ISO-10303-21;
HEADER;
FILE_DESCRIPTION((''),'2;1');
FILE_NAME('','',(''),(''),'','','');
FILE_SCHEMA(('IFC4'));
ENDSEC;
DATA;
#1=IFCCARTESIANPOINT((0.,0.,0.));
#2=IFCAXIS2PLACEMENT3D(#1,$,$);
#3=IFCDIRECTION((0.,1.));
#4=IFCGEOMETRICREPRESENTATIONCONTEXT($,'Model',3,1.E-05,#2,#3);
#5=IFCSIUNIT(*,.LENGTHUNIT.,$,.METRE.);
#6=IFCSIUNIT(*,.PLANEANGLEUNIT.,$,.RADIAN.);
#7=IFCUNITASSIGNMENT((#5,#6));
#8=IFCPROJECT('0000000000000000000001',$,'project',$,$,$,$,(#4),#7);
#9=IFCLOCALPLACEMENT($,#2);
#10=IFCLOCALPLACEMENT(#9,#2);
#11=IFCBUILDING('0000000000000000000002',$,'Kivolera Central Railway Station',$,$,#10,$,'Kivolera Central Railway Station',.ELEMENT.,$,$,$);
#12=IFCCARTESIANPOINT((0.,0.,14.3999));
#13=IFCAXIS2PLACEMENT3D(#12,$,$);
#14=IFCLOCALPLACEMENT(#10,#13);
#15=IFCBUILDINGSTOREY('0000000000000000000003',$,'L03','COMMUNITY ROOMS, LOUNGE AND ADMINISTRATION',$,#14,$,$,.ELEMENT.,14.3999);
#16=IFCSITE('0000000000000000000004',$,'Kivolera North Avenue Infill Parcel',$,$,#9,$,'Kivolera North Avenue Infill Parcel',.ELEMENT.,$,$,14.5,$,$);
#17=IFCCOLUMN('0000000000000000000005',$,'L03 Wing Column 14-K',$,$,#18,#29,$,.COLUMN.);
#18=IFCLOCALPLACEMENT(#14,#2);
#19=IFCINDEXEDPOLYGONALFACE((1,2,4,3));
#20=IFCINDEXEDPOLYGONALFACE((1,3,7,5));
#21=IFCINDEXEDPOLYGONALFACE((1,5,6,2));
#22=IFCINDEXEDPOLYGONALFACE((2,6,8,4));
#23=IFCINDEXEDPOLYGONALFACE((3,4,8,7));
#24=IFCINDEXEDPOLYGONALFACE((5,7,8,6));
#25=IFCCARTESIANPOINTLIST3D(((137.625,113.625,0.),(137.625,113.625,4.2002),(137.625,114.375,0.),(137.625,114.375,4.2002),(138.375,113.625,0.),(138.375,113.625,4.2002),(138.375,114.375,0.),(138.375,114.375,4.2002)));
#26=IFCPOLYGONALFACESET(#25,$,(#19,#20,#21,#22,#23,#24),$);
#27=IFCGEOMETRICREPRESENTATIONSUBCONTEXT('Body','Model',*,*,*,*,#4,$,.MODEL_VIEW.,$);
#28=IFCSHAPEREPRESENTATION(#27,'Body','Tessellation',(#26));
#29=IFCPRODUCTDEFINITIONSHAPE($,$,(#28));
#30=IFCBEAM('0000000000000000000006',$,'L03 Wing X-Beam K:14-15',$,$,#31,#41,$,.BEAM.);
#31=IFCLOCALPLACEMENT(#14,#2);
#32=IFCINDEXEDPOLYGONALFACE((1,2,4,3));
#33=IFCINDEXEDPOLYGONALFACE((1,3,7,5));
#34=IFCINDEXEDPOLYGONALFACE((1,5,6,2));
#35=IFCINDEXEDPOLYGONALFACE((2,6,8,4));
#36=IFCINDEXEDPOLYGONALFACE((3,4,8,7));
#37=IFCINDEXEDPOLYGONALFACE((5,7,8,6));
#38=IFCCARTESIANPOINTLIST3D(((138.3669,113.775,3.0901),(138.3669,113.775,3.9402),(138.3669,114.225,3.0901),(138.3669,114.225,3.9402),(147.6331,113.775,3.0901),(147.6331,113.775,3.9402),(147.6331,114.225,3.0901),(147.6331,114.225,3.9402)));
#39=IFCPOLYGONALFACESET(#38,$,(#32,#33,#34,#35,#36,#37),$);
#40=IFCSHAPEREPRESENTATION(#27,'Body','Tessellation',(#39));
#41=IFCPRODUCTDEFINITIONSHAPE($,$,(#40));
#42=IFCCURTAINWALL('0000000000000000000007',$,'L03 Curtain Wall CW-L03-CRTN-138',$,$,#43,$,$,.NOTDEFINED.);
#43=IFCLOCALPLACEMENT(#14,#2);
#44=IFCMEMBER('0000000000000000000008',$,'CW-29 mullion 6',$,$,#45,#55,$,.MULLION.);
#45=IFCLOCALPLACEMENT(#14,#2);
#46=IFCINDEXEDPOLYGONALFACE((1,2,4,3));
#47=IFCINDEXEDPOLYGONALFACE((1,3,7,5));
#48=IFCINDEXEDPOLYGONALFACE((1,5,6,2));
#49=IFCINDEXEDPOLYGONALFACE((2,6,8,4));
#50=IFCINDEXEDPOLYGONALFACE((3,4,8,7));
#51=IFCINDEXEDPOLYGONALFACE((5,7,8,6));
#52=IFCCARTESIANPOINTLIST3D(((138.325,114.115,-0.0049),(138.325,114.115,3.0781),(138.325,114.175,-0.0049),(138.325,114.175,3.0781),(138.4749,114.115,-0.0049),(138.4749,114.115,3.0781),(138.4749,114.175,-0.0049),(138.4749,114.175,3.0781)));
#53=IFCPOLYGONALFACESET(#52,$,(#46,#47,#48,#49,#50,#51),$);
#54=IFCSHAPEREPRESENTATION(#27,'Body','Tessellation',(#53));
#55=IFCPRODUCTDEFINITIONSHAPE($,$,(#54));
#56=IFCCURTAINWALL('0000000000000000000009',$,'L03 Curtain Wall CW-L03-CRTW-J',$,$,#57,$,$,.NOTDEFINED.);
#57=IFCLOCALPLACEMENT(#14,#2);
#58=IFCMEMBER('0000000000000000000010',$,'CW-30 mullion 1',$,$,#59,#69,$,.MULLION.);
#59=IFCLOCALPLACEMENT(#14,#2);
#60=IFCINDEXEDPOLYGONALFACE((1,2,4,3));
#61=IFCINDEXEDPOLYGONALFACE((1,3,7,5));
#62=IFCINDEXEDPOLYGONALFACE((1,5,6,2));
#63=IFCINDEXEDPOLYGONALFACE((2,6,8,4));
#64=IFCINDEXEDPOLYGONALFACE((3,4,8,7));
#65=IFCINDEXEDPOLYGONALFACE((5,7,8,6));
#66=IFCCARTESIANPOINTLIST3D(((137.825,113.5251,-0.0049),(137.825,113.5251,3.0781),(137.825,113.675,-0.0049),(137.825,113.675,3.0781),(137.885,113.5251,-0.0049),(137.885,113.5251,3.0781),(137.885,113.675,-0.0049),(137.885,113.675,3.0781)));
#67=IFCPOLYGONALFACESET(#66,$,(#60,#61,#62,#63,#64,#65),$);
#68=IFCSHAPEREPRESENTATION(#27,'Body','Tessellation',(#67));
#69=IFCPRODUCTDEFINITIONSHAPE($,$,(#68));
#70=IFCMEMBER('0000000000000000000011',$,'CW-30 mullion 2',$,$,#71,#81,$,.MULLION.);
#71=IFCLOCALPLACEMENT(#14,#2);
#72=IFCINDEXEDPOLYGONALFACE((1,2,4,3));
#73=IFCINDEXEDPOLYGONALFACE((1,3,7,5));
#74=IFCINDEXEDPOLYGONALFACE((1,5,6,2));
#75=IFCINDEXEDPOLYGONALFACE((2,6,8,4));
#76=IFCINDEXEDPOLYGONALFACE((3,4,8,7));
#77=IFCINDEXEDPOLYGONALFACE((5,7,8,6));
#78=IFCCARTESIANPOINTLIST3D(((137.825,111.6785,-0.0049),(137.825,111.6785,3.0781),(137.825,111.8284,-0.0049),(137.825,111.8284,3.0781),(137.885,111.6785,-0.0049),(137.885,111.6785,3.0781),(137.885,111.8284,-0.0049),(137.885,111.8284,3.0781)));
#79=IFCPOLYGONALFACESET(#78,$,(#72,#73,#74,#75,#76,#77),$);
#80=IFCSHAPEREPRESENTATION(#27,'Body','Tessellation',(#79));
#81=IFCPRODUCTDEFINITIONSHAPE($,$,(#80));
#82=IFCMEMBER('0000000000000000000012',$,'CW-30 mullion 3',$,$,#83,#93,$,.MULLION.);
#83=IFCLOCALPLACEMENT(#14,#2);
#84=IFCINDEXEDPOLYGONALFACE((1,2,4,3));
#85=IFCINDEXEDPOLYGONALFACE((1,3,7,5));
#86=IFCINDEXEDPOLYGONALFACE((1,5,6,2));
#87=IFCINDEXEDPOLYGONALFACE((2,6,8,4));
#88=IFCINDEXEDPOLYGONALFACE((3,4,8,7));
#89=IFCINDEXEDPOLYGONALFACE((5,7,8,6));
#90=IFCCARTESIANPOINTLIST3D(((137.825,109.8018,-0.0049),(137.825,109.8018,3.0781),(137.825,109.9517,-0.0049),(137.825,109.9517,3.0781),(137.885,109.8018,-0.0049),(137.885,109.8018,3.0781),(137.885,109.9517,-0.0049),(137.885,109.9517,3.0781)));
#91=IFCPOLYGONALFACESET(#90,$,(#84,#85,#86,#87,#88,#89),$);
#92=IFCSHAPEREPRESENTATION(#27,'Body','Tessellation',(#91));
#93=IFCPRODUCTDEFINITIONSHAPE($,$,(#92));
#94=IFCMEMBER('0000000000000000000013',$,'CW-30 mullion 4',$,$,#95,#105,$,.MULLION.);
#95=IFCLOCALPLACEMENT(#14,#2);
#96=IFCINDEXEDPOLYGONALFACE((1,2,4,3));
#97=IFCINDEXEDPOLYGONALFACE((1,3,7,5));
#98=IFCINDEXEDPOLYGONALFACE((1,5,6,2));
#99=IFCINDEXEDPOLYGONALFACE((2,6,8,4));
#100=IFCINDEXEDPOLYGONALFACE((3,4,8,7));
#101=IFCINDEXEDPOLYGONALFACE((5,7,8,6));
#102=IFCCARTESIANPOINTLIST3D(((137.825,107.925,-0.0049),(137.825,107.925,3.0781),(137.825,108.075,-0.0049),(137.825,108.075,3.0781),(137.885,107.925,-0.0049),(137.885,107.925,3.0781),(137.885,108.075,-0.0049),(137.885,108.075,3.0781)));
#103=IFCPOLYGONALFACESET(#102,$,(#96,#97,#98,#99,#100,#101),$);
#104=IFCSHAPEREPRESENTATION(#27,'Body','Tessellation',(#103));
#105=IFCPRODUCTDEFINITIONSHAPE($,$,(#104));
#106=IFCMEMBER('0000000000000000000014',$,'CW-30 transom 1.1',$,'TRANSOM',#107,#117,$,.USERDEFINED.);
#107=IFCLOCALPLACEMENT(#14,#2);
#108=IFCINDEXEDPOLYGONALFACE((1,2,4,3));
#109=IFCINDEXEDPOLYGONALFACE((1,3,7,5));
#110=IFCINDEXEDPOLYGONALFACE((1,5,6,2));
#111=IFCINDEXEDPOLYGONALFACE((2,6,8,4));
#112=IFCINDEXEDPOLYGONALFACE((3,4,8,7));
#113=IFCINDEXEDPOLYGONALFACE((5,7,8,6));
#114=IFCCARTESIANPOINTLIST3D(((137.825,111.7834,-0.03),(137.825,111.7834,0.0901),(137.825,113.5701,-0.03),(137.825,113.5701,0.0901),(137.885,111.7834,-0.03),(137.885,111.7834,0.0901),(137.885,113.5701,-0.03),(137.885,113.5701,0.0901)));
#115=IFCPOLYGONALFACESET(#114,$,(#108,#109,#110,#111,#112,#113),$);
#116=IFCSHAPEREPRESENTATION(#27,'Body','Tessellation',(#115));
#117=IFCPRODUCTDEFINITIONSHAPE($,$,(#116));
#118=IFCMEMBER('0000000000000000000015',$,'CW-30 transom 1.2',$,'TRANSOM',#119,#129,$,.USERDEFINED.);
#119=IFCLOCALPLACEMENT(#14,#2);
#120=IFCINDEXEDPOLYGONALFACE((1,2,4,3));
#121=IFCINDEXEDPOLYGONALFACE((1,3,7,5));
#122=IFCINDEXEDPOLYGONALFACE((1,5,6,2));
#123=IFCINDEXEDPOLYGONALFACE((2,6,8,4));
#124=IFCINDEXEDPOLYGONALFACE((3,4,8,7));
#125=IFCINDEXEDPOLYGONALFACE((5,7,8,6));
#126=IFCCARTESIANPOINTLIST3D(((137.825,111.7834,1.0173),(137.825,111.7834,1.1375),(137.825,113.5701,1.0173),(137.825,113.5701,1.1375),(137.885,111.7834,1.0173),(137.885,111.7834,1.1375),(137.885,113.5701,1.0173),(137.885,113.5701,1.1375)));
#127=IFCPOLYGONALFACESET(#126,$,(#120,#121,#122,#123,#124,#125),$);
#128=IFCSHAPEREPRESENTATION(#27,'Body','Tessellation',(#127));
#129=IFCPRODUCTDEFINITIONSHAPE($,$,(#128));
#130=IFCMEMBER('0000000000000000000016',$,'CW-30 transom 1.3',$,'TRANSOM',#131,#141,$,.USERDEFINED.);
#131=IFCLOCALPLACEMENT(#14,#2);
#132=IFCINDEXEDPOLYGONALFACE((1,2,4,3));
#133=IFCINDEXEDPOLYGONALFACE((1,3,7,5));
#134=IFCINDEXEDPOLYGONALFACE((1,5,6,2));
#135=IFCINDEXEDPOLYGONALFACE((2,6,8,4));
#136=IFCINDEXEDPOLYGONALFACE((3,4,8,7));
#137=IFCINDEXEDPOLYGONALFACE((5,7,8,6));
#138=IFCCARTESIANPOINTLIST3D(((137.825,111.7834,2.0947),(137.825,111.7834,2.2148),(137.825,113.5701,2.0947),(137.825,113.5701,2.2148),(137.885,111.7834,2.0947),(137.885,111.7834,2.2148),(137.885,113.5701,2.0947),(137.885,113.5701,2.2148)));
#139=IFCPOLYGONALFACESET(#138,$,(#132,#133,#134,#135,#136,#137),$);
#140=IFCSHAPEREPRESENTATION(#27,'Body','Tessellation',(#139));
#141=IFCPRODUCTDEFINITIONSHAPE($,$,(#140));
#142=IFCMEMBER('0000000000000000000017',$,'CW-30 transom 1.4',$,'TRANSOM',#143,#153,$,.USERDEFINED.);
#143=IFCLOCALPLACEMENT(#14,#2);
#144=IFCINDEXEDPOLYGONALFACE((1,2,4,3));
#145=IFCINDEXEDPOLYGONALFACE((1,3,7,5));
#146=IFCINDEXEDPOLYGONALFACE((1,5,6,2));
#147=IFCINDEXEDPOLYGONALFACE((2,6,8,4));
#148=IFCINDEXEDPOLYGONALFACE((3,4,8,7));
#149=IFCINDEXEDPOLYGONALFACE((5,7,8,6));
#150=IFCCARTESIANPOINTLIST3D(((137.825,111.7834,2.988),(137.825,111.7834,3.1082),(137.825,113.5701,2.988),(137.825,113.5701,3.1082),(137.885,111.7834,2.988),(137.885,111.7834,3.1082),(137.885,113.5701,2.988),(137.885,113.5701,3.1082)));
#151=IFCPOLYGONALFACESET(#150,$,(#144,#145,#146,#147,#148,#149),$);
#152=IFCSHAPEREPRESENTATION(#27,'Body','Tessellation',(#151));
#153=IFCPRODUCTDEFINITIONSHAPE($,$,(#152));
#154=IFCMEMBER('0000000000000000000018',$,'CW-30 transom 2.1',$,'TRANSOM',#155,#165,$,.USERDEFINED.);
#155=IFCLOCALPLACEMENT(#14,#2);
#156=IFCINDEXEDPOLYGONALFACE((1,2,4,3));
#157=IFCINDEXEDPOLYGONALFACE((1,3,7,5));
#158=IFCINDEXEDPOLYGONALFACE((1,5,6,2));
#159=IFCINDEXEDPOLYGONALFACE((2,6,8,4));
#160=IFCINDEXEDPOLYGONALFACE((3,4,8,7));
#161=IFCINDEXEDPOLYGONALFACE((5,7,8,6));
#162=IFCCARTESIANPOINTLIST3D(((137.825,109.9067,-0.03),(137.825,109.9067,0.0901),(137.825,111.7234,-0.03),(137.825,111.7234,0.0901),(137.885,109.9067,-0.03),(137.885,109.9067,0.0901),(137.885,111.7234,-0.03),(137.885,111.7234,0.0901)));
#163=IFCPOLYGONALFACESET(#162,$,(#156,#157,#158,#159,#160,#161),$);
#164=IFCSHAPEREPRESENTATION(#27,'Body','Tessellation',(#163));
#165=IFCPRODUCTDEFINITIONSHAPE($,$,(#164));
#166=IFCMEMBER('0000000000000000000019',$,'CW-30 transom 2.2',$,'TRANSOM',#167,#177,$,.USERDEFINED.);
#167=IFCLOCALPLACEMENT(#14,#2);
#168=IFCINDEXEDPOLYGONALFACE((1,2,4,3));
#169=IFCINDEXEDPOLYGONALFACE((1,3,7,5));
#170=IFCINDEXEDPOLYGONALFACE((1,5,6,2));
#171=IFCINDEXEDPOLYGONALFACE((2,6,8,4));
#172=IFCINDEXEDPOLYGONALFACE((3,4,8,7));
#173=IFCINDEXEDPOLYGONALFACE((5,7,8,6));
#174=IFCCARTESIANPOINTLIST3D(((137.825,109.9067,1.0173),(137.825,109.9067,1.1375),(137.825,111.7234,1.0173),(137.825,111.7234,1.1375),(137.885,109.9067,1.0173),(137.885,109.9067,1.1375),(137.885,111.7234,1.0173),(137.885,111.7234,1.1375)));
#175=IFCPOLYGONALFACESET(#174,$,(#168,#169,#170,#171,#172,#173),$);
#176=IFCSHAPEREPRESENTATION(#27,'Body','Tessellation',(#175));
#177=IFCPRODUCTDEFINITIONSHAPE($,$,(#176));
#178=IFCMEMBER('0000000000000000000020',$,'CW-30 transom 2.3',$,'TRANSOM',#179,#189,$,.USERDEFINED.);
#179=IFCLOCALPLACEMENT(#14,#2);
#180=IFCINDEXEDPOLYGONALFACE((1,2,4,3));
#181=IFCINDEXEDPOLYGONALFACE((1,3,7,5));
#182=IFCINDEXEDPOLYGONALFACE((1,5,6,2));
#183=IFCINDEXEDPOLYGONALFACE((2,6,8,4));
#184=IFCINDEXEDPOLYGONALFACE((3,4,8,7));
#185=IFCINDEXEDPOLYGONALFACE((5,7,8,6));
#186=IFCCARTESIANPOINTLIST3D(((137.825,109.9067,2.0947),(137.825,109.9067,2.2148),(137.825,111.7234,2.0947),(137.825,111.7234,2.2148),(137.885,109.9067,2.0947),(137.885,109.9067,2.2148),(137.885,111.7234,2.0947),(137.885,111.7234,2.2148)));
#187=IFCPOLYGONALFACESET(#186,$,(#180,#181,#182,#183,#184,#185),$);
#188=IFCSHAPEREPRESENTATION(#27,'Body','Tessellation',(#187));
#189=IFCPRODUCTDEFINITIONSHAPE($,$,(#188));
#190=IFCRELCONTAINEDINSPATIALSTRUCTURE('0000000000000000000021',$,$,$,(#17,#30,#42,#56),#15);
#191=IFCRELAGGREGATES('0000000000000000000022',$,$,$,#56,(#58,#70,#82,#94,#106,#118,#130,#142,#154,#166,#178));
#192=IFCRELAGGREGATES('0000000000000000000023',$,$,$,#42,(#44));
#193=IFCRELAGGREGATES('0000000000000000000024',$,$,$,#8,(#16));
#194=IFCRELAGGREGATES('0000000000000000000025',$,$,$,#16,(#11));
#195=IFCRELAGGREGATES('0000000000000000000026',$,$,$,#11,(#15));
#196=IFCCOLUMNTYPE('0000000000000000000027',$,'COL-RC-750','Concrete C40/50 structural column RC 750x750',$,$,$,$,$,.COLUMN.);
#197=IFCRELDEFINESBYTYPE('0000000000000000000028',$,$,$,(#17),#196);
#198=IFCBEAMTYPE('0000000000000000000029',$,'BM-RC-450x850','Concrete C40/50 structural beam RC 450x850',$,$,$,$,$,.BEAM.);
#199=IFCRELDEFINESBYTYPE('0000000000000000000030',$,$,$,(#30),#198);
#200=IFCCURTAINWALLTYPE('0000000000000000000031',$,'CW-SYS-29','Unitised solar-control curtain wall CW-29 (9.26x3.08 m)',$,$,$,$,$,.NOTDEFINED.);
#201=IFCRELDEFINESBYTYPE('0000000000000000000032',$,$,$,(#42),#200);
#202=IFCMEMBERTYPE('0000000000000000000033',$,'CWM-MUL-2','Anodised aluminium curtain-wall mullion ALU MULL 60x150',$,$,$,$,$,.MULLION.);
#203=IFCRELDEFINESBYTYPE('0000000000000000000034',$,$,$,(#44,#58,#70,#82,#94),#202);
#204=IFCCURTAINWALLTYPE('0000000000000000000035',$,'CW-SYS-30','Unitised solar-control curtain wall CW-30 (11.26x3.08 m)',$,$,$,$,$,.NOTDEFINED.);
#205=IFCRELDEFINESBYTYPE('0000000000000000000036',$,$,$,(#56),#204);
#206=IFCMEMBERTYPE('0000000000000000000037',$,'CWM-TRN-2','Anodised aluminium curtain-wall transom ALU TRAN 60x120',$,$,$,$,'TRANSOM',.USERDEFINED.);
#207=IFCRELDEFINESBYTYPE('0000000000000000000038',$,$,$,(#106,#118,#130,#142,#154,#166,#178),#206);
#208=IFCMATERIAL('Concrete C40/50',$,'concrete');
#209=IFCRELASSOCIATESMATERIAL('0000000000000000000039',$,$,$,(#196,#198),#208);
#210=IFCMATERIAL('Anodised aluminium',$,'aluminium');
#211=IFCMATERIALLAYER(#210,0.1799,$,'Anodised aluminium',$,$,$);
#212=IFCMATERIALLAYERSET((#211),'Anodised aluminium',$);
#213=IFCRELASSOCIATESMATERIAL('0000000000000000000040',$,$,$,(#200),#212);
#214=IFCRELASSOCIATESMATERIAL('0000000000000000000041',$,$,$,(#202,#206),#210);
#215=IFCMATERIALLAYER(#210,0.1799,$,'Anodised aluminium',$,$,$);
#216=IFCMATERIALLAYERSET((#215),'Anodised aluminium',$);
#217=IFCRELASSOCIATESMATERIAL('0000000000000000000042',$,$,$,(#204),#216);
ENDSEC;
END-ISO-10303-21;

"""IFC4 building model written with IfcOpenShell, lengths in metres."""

from ifc_helpers import new_model, si_unit, direction, frame, origin, origin_2d, place, context, subcontext, project, spatial, rectangle, extrude, material, layer, layer_set, material_profile, profile_set, type_object, element, aggregate, save


model = new_model("IFC4")

# Units and contexts
model_context = context("Model", 3, precision=1e-05, world=origin(), true_north=direction((0.0, 1.0)))
body_context = subcontext(model_context, "Body", "Model", "MODEL_VIEW")
ifc_project = project(units=[si_unit("LENGTHUNIT", "METRE"), si_unit("PLANEANGLEUNIT", "RADIAN")], contexts=[model_context])

# Site, building, storey
site_placement = place(None, origin())
site = spatial("IfcSite", under=ifc_project, at=site_placement, Name="Kivolera North Avenue Infill Parcel", LongName="Kivolera North Avenue Infill Parcel", CompositionType="ELEMENT", RefElevation=14.5)
building_placement = place(site_placement, origin())
building = spatial("IfcBuilding", under=site, at=building_placement, Name="Kivolera Central Railway Station", LongName="Kivolera Central Railway Station", CompositionType="ELEMENT")
storey_placement = place(building_placement, frame((0.0, 0.0, 14.3999)))
storey = spatial("IfcBuildingStorey", under=building, at=storey_placement, Name="L03", Description="COMMUNITY ROOMS, LOUNGE AND ADMINISTRATION", CompositionType="ELEMENT", Elevation=14.3999)

# Column
ifc_material_1 = material(Name="Concrete C40/50", Category="concrete")
ifc_material_profile_1 = material_profile(ifc_material_1, rectangle(XDim=0.75, YDim=0.75, at=origin_2d()), Name="RC 750x750")
ifc_profile_set_1 = profile_set([ifc_material_profile_1], Name="Concrete C40/50")
column_type = type_object("IfcColumnType", Name="COL-RC-750", Description="Concrete C40/50 structural column RC 750x750", PredefinedType="COLUMN", material=ifc_profile_set_1)
column_placement = place(storey_placement, frame((138.0, 114.0, 0.0), z_axis=(0.0, 0.0, 1.0), x_axis=(1.0, 0.0, 0.0)))
element("IfcColumn", 1, at=column_placement, inside=storey, type_object=column_type, Name="L03 Wing Column 14-K", PredefinedType="COLUMN", context=body_context, shape_type="SweptSolid", body=[
    extrude(rectangle(XDim=0.75, YDim=0.75, at=origin_2d()), origin(), (0.0, 0.0, 1.0), 4.2002),
])

# Beam
ifc_material_profile_2 = material_profile(ifc_material_1, rectangle(XDim=0.45, YDim=0.8501, at=origin_2d()), Name="RC 450x850")
ifc_profile_set_2 = profile_set([ifc_material_profile_2], Name="Concrete C40/50")
beam_type = type_object("IfcBeamType", Name="BM-RC-450x850", Description="Concrete C40/50 structural beam RC 450x850", PredefinedType="BEAM", material=ifc_profile_set_2)
beam_placement = place(storey_placement, frame((138.3669, 114.0, 3.5151), z_axis=(1.0, 0.0, 0.0), x_axis=(0.0, 1.0, 0.0)))
element("IfcBeam", 2, at=beam_placement, inside=storey, type_object=beam_type, Name="L03 Wing X-Beam K:14-15", PredefinedType="BEAM", context=body_context, shape_type="SweptSolid", body=[
    extrude(rectangle(XDim=0.45, YDim=0.8501, at=origin_2d()), origin(), (0.0, 0.0, 1.0), 9.2661),
])

# Curtain wall, member
ifc_material_2 = material(Name="Anodised aluminium", Category="aluminium")
ifc_layer_1 = layer(ifc_material_2, 0.1799, Name="Anodised aluminium")
ifc_layer_set_1 = layer_set([ifc_layer_1], Name="Anodised aluminium")
curtain_wall_type_1 = type_object("IfcCurtainWallType", Name="CW-SYS-29", Description="Unitised solar-control curtain wall CW-29 (9.26x3.08 m)", PredefinedType="NOTDEFINED", material=ifc_layer_set_1)
curtain_wall_1_placement = place(storey_placement, origin())
curtain_wall_1 = element("IfcCurtainWall", 3, at=curtain_wall_1_placement, inside=storey, type_object=curtain_wall_type_1, Name="L03 Curtain Wall CW-L03-CRTN-138", PredefinedType="NOTDEFINED")
ifc_material_profile_3 = material_profile(ifc_material_2, rectangle(XDim=0.0601, YDim=0.1499, at=origin_2d()), Name="ALU MULL 60x150")
ifc_profile_set_3 = profile_set([ifc_material_profile_3], Name="Anodised aluminium")
member_type_1 = type_object("IfcMemberType", Name="CWM-MUL-2", Description="Anodised aluminium curtain-wall mullion ALU MULL 60x150", PredefinedType="MULLION", material=ifc_profile_set_3)
member_1_placement = place(storey_placement, frame((138.3999, 114.145, -0.0049), z_axis=(0.0, 0.0, 1.0), x_axis=(0.0, -1.0, 0.0)))
member_1 = element("IfcMember", 4, at=member_1_placement, type_object=member_type_1, Name="CW-29 mullion 6", PredefinedType="MULLION", context=body_context, shape_type="SweptSolid", body=[
    extrude(rectangle(XDim=0.0601, YDim=0.1499, at=origin_2d()), origin(), (0.0, 0.0, 1.0), 3.083),
])

# Curtain wall, members
ifc_layer_2 = layer(ifc_material_2, 0.1799, Name="Anodised aluminium")
ifc_layer_set_2 = layer_set([ifc_layer_2], Name="Anodised aluminium")
curtain_wall_type_2 = type_object("IfcCurtainWallType", Name="CW-SYS-30", Description="Unitised solar-control curtain wall CW-30 (11.26x3.08 m)", PredefinedType="NOTDEFINED", material=ifc_layer_set_2)
curtain_wall_2_placement = place(storey_placement, origin())
curtain_wall_2 = element("IfcCurtainWall", 5, at=curtain_wall_2_placement, inside=storey, type_object=curtain_wall_type_2, Name="L03 Curtain Wall CW-L03-CRTW-J", PredefinedType="NOTDEFINED")
member_2_placement = place(storey_placement, frame((137.855, 113.6001, -0.0049), z_axis=(0.0, 0.0, 1.0), x_axis=(1.0, 0.0, 0.0)))
member_2 = element("IfcMember", 6, at=member_2_placement, type_object=member_type_1, Name="CW-30 mullion 1", PredefinedType="MULLION", context=body_context, shape_type="SweptSolid", body=[
    extrude(rectangle(XDim=0.0601, YDim=0.1499, at=origin_2d()), origin(), (0.0, 0.0, 1.0), 3.083),
])
member_3_placement = place(storey_placement, frame((137.855, 111.7534, -0.0049), z_axis=(0.0, 0.0, 1.0), x_axis=(1.0, 0.0, 0.0)))
member_3 = element("IfcMember", 7, at=member_3_placement, type_object=member_type_1, Name="CW-30 mullion 2", PredefinedType="MULLION", context=body_context, shape_type="SweptSolid", body=[
    extrude(rectangle(XDim=0.0601, YDim=0.1499, at=origin_2d()), origin(), (0.0, 0.0, 1.0), 3.083),
])
member_4_placement = place(storey_placement, frame((137.855, 109.8767, -0.0049), z_axis=(0.0, 0.0, 1.0), x_axis=(1.0, 0.0, 0.0)))
member_4 = element("IfcMember", 8, at=member_4_placement, type_object=member_type_1, Name="CW-30 mullion 3", PredefinedType="MULLION", context=body_context, shape_type="SweptSolid", body=[
    extrude(rectangle(XDim=0.0601, YDim=0.1499, at=origin_2d()), origin(), (0.0, 0.0, 1.0), 3.083),
])
member_5_placement = place(storey_placement, frame((137.855, 108.0, -0.0049), z_axis=(0.0, 0.0, 1.0), x_axis=(1.0, 0.0, 0.0)))
member_5 = element("IfcMember", 9, at=member_5_placement, type_object=member_type_1, Name="CW-30 mullion 4", PredefinedType="MULLION", context=body_context, shape_type="SweptSolid", body=[
    extrude(rectangle(XDim=0.0601, YDim=0.1499, at=origin_2d()), origin(), (0.0, 0.0, 1.0), 3.083),
])
ifc_material_profile_4 = material_profile(ifc_material_2, rectangle(XDim=0.0601, YDim=0.1201, at=origin_2d()), Name="ALU TRAN 60x120")
ifc_profile_set_4 = profile_set([ifc_material_profile_4], Name="Anodised aluminium")
member_type_2 = type_object("IfcMemberType", Name="CWM-TRN-2", Description="Anodised aluminium curtain-wall transom ALU TRAN 60x120", ElementType="TRANSOM", PredefinedType="USERDEFINED", material=ifc_profile_set_4)
member_6_placement = place(storey_placement, frame((137.855, 113.5701, 0.03), z_axis=(0.0, -1.0, 0.0), x_axis=(1.0, 0.0, 0.0)))
member_6 = element("IfcMember", 10, at=member_6_placement, type_object=member_type_2, Name="CW-30 transom 1.1", ObjectType="TRANSOM", PredefinedType="USERDEFINED", context=body_context, shape_type="SweptSolid", body=[
    extrude(rectangle(XDim=0.0601, YDim=0.1201, at=origin_2d()), origin(), (0.0, 0.0, 1.0), 1.7866),
])
member_7_placement = place(storey_placement, frame((137.855, 113.5701, 1.0774), z_axis=(0.0, -1.0, 0.0), x_axis=(1.0, 0.0, 0.0)))
member_7 = element("IfcMember", 11, at=member_7_placement, type_object=member_type_2, Name="CW-30 transom 1.2", ObjectType="TRANSOM", PredefinedType="USERDEFINED", context=body_context, shape_type="SweptSolid", body=[
    extrude(rectangle(XDim=0.0601, YDim=0.1201, at=origin_2d()), origin(), (0.0, 0.0, 1.0), 1.7866),
])
member_8_placement = place(storey_placement, frame((137.855, 113.5701, 2.1548), z_axis=(0.0, -1.0, 0.0), x_axis=(1.0, 0.0, 0.0)))
member_8 = element("IfcMember", 12, at=member_8_placement, type_object=member_type_2, Name="CW-30 transom 1.3", ObjectType="TRANSOM", PredefinedType="USERDEFINED", context=body_context, shape_type="SweptSolid", body=[
    extrude(rectangle(XDim=0.0601, YDim=0.1201, at=origin_2d()), origin(), (0.0, 0.0, 1.0), 1.7866),
])
member_9_placement = place(storey_placement, frame((137.855, 113.5701, 3.0481), z_axis=(0.0, -1.0, 0.0), x_axis=(1.0, 0.0, 0.0)))
member_9 = element("IfcMember", 13, at=member_9_placement, type_object=member_type_2, Name="CW-30 transom 1.4", ObjectType="TRANSOM", PredefinedType="USERDEFINED", context=body_context, shape_type="SweptSolid", body=[
    extrude(rectangle(XDim=0.0601, YDim=0.1201, at=origin_2d()), origin(), (0.0, 0.0, 1.0), 1.7866),
])
member_10_placement = place(storey_placement, frame((137.855, 111.7234, 0.03), z_axis=(0.0, -1.0, 0.0), x_axis=(1.0, 0.0, 0.0)))
member_10 = element("IfcMember", 14, at=member_10_placement, type_object=member_type_2, Name="CW-30 transom 2.1", ObjectType="TRANSOM", PredefinedType="USERDEFINED", context=body_context, shape_type="SweptSolid", body=[
    extrude(rectangle(XDim=0.0601, YDim=0.1201, at=origin_2d()), origin(), (0.0, 0.0, 1.0), 1.8167),
])
member_11_placement = place(storey_placement, frame((137.855, 111.7234, 1.0774), z_axis=(0.0, -1.0, 0.0), x_axis=(1.0, 0.0, 0.0)))
member_11 = element("IfcMember", 15, at=member_11_placement, type_object=member_type_2, Name="CW-30 transom 2.2", ObjectType="TRANSOM", PredefinedType="USERDEFINED", context=body_context, shape_type="SweptSolid", body=[
    extrude(rectangle(XDim=0.0601, YDim=0.1201, at=origin_2d()), origin(), (0.0, 0.0, 1.0), 1.8167),
])
member_12_placement = place(storey_placement, frame((137.855, 111.7234, 2.1548), z_axis=(0.0, -1.0, 0.0), x_axis=(1.0, 0.0, 0.0)))
member_12 = element("IfcMember", 16, at=member_12_placement, type_object=member_type_2, Name="CW-30 transom 2.3", ObjectType="TRANSOM", PredefinedType="USERDEFINED", context=body_context, shape_type="SweptSolid", body=[
    extrude(rectangle(XDim=0.0601, YDim=0.1201, at=origin_2d()), origin(), (0.0, 0.0, 1.0), 1.8167),
])
aggregate(curtain_wall_2, [member_2, member_3, member_4, member_5, member_6, member_7, member_8, member_9, member_10, member_11, member_12])

aggregate(curtain_wall_1, [member_1])

save(model, "model.ifc")
